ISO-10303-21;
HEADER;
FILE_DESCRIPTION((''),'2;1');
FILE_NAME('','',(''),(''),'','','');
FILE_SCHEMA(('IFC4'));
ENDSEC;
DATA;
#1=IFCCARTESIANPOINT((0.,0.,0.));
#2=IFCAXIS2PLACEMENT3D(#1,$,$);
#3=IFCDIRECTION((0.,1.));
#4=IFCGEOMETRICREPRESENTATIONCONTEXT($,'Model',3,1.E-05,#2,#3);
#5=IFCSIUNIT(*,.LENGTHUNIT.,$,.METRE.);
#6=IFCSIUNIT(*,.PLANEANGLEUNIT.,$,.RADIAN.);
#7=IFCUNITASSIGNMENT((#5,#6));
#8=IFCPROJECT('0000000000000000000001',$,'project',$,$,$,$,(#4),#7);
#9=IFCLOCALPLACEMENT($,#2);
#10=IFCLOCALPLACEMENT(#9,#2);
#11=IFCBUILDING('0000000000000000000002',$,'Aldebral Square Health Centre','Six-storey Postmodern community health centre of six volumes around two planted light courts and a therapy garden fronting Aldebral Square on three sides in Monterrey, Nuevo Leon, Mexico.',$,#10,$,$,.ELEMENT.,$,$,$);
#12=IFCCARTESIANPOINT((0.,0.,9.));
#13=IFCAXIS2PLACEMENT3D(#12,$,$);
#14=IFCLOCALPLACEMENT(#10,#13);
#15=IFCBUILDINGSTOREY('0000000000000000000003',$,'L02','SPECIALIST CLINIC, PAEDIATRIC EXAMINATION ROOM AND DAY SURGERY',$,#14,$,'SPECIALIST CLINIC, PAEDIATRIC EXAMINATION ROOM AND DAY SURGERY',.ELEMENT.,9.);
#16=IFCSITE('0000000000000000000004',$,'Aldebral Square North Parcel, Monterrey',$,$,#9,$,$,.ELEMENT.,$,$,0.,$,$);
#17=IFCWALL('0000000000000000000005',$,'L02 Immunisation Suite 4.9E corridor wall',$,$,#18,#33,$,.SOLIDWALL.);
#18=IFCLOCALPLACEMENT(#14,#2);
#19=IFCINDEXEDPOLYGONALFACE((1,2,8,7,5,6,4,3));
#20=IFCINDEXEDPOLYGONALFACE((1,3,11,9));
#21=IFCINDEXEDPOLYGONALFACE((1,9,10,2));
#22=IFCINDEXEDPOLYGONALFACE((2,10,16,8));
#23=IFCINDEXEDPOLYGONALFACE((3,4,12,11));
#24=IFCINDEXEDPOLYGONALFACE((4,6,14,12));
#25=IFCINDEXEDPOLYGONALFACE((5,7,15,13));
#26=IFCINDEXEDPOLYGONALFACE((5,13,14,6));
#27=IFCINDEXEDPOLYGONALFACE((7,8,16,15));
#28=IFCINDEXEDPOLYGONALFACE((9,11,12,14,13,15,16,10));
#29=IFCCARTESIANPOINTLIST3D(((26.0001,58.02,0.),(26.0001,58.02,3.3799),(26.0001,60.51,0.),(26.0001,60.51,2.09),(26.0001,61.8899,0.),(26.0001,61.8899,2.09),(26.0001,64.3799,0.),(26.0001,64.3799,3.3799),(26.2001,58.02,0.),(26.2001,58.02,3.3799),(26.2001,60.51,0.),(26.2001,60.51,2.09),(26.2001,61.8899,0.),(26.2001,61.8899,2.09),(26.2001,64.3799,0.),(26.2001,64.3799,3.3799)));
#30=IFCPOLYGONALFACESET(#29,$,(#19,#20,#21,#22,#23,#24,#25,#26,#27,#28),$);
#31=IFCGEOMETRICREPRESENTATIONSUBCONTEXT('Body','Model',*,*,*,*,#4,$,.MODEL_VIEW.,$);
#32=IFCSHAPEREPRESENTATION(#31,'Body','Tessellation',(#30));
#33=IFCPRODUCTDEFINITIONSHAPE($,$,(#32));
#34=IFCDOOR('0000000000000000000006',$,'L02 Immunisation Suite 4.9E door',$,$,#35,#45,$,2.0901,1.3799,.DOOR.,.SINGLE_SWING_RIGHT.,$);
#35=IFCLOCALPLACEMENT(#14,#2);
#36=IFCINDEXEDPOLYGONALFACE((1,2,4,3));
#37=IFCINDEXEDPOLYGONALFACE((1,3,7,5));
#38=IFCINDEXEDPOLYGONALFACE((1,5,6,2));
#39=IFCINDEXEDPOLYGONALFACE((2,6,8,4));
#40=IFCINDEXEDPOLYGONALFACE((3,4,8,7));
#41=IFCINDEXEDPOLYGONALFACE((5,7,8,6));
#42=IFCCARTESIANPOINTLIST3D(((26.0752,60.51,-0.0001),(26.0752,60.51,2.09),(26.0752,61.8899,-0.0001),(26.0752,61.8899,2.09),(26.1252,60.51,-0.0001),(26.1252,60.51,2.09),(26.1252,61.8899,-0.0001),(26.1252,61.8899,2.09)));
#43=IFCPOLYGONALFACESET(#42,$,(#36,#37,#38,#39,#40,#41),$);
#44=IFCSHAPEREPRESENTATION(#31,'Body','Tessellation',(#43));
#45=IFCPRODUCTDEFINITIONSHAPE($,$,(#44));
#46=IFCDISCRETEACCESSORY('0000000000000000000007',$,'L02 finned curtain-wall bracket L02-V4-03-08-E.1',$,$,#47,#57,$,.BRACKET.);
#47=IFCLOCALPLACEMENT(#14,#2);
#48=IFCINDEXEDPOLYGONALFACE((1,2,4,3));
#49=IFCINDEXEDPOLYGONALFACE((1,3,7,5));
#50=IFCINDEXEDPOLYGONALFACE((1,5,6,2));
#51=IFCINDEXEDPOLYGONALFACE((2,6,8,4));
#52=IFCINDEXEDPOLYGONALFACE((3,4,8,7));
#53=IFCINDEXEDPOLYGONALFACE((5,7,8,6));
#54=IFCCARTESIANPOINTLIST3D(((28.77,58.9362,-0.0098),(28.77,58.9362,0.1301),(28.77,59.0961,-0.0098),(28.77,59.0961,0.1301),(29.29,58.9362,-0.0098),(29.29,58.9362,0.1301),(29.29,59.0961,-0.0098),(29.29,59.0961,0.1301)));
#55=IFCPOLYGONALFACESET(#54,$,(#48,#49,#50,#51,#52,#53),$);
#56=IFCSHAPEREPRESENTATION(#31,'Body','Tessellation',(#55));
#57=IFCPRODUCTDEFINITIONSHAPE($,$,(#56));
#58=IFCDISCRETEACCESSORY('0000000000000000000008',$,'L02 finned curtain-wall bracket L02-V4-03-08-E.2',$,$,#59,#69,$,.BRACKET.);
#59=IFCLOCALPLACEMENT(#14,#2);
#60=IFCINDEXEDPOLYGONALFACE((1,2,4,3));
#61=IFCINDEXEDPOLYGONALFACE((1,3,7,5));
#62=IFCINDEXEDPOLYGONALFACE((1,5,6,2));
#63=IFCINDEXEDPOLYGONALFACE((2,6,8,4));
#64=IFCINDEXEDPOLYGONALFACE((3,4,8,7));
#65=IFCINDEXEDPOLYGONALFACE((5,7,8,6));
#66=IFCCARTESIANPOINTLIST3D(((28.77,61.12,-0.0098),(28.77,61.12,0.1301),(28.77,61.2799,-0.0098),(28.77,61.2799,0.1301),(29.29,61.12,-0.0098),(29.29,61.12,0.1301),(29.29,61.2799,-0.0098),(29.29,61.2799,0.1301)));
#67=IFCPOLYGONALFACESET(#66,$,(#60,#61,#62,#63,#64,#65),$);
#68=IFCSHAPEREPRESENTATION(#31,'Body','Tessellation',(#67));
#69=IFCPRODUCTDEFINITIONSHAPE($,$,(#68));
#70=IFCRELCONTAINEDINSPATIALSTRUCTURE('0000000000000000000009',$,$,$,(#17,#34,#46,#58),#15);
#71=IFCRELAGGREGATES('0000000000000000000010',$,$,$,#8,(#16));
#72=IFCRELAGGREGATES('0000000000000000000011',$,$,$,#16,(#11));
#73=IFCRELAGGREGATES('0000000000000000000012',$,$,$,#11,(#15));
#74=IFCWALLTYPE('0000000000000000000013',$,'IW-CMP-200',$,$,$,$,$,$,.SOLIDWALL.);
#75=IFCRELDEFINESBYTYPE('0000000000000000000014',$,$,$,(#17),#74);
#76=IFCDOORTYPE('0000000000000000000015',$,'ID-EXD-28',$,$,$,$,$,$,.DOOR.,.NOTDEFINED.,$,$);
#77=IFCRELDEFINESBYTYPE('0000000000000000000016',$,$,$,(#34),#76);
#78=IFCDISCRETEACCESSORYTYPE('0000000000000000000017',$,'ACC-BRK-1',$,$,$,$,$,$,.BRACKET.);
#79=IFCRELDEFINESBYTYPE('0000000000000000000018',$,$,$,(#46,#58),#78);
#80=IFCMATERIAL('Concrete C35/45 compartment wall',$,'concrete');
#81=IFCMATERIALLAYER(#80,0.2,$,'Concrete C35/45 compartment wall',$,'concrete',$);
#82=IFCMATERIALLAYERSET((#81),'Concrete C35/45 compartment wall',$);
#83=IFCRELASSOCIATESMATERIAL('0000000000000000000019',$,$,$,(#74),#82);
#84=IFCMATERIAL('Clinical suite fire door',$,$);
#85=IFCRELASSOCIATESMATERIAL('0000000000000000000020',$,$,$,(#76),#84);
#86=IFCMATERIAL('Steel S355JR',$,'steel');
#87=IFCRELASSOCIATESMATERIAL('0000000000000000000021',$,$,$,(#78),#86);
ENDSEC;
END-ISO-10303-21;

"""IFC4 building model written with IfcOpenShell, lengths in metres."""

from ifc_helpers import new_model, si_unit, direction, frame, frame_2d, origin, origin_2d, place, context, subcontext, project, spatial, rectangle, extrude, material, layer, layer_set, type_object, element, fill, save


model = new_model("IFC4")

# Units and contexts
model_context = context("Model", 3, precision=1e-05, world=origin(), true_north=direction((0.0, 1.0)))
body_context = subcontext(model_context, "Body", "Model", "MODEL_VIEW")
ifc_project = project(units=[si_unit("LENGTHUNIT", "METRE"), si_unit("PLANEANGLEUNIT", "RADIAN")], contexts=[model_context])

# Site, building, storey
site_placement = place(None, origin())
site = spatial("IfcSite", under=ifc_project, at=site_placement, Name="Aldebral Square North Parcel, Monterrey", CompositionType="ELEMENT", RefElevation=0.0)
building_placement = place(site_placement, origin())
building = spatial("IfcBuilding", under=site, at=building_placement, Name="Aldebral Square Health Centre", Description="Six-storey Postmodern community health centre of six volumes around two planted light courts and a therapy garden fronting Aldebral Square on three sides in Monterrey, Nuevo Leon, Mexico.", CompositionType="ELEMENT")
storey_placement = place(building_placement, frame((0.0, 0.0, 9.0)))
storey = spatial("IfcBuildingStorey", under=building, at=storey_placement, Name="L02", Description="SPECIALIST CLINIC, PAEDIATRIC EXAMINATION ROOM AND DAY SURGERY", LongName="SPECIALIST CLINIC, PAEDIATRIC EXAMINATION ROOM AND DAY SURGERY", CompositionType="ELEMENT", Elevation=9.0)

# Wall, opening, door
ifc_material_1 = material(Name="Concrete C35/45 compartment wall", Category="concrete")
ifc_layer_1 = layer(ifc_material_1, 0.2, Name="Concrete C35/45 compartment wall", Category="concrete")
ifc_layer_set_1 = layer_set([ifc_layer_1], Name="Concrete C35/45 compartment wall")
wall_type = type_object("IfcWallType", Name="IW-CMP-200", PredefinedType="SOLIDWALL", material=ifc_layer_set_1)
ifc_material_2 = material(Name="Clinical suite fire door")
wall_1_placement = place(storey_placement, frame((26.1001, 58.02, 0.0), z_axis=(0.0, 0.0, 1.0), x_axis=(0.0, 1.0, 0.0)))
wall_1 = element("IfcWall", 1, at=wall_1_placement, inside=storey, type_object=wall_type, Name="L02 Immunisation Suite 4.9E corridor wall", PredefinedType="SOLIDWALL", context=body_context, shape_type="SweptSolid", body=[
    extrude(rectangle(XDim=6.3599, YDim=0.2, at=frame_2d((3.1799, 0.0))), origin(), (0.0, 0.0, 1.0), 3.3799),
])
opening_1_placement = place(wall_1_placement, frame((2.49, 0.0, 0.0)))
opening_1 = element("IfcOpeningElement", 2, at=opening_1_placement, cuts=wall_1, PredefinedType="OPENING", context=body_context, shape_type="SweptSolid", body=[
    extrude(rectangle(XDim=1.3799, YDim=2.0901, at=frame_2d((0.6899, 1.0449))), frame((0.0, 0.1099, 0.0), z_axis=(0.0, -1.0, 0.0), x_axis=(1.0, 0.0, 0.0)), (0.0, 0.0, 1.0), 0.22),
])
door_type_1 = type_object("IfcDoorType", Name="ID-EXD-28", OperationType="NOTDEFINED", PredefinedType="DOOR", material=ifc_material_2)
door_1_placement = place(opening_1_placement, origin())
door_1 = element("IfcDoor", 3, at=door_1_placement, inside=storey, type_object=door_type_1, Name="L02 Immunisation Suite 4.9E door", OperationType="SINGLE_SWING_RIGHT", OverallHeight=2.0901, OverallWidth=1.3799, PredefinedType="DOOR", context=body_context, shape_type="SweptSolid", body=[
    extrude(rectangle(XDim=1.3799, YDim=2.0901, at=frame_2d((0.6899, 1.0449))), frame((0.0, 0.0249, 0.0), z_axis=(0.0, -1.0, 0.0), x_axis=(1.0, 0.0, 0.0)), (0.0, 0.0, 1.0), 0.05),
])
fill(opening_1, door_1)

# Discrete accessories
ifc_material_3 = material(Name="Steel S355JR", Category="steel")
discrete_accessory_type = type_object("IfcDiscreteAccessoryType", Name="ACC-BRK-1", PredefinedType="BRACKET", material=ifc_material_3)
for number, where, z_axis, x_axis, name in (
    (4, (29.03, 59.0161, -0.0098), (0.0, 0.0, 1.0), (0.0, 1.0, 0.0), "L02 finned curtain-wall bracket L02-V4-03-08-E.1"),
    (5, (29.03, 61.2, -0.0098), (0.0, 0.0, 1.0), (0.0, 1.0, 0.0), "L02 finned curtain-wall bracket L02-V4-03-08-E.2"),
):
    element("IfcDiscreteAccessory", number, at=place(storey_placement, frame(where, z_axis=z_axis, x_axis=x_axis)), inside=storey, type_object=discrete_accessory_type, Name=name, PredefinedType="BRACKET", context=body_context, shape_type="SweptSolid", body=[
        extrude(rectangle(XDim=0.1599, YDim=0.52, at=origin_2d()), origin(), (0.0, 0.0, 1.0), 0.1399),
    ])

save(model, "model.ifc")
